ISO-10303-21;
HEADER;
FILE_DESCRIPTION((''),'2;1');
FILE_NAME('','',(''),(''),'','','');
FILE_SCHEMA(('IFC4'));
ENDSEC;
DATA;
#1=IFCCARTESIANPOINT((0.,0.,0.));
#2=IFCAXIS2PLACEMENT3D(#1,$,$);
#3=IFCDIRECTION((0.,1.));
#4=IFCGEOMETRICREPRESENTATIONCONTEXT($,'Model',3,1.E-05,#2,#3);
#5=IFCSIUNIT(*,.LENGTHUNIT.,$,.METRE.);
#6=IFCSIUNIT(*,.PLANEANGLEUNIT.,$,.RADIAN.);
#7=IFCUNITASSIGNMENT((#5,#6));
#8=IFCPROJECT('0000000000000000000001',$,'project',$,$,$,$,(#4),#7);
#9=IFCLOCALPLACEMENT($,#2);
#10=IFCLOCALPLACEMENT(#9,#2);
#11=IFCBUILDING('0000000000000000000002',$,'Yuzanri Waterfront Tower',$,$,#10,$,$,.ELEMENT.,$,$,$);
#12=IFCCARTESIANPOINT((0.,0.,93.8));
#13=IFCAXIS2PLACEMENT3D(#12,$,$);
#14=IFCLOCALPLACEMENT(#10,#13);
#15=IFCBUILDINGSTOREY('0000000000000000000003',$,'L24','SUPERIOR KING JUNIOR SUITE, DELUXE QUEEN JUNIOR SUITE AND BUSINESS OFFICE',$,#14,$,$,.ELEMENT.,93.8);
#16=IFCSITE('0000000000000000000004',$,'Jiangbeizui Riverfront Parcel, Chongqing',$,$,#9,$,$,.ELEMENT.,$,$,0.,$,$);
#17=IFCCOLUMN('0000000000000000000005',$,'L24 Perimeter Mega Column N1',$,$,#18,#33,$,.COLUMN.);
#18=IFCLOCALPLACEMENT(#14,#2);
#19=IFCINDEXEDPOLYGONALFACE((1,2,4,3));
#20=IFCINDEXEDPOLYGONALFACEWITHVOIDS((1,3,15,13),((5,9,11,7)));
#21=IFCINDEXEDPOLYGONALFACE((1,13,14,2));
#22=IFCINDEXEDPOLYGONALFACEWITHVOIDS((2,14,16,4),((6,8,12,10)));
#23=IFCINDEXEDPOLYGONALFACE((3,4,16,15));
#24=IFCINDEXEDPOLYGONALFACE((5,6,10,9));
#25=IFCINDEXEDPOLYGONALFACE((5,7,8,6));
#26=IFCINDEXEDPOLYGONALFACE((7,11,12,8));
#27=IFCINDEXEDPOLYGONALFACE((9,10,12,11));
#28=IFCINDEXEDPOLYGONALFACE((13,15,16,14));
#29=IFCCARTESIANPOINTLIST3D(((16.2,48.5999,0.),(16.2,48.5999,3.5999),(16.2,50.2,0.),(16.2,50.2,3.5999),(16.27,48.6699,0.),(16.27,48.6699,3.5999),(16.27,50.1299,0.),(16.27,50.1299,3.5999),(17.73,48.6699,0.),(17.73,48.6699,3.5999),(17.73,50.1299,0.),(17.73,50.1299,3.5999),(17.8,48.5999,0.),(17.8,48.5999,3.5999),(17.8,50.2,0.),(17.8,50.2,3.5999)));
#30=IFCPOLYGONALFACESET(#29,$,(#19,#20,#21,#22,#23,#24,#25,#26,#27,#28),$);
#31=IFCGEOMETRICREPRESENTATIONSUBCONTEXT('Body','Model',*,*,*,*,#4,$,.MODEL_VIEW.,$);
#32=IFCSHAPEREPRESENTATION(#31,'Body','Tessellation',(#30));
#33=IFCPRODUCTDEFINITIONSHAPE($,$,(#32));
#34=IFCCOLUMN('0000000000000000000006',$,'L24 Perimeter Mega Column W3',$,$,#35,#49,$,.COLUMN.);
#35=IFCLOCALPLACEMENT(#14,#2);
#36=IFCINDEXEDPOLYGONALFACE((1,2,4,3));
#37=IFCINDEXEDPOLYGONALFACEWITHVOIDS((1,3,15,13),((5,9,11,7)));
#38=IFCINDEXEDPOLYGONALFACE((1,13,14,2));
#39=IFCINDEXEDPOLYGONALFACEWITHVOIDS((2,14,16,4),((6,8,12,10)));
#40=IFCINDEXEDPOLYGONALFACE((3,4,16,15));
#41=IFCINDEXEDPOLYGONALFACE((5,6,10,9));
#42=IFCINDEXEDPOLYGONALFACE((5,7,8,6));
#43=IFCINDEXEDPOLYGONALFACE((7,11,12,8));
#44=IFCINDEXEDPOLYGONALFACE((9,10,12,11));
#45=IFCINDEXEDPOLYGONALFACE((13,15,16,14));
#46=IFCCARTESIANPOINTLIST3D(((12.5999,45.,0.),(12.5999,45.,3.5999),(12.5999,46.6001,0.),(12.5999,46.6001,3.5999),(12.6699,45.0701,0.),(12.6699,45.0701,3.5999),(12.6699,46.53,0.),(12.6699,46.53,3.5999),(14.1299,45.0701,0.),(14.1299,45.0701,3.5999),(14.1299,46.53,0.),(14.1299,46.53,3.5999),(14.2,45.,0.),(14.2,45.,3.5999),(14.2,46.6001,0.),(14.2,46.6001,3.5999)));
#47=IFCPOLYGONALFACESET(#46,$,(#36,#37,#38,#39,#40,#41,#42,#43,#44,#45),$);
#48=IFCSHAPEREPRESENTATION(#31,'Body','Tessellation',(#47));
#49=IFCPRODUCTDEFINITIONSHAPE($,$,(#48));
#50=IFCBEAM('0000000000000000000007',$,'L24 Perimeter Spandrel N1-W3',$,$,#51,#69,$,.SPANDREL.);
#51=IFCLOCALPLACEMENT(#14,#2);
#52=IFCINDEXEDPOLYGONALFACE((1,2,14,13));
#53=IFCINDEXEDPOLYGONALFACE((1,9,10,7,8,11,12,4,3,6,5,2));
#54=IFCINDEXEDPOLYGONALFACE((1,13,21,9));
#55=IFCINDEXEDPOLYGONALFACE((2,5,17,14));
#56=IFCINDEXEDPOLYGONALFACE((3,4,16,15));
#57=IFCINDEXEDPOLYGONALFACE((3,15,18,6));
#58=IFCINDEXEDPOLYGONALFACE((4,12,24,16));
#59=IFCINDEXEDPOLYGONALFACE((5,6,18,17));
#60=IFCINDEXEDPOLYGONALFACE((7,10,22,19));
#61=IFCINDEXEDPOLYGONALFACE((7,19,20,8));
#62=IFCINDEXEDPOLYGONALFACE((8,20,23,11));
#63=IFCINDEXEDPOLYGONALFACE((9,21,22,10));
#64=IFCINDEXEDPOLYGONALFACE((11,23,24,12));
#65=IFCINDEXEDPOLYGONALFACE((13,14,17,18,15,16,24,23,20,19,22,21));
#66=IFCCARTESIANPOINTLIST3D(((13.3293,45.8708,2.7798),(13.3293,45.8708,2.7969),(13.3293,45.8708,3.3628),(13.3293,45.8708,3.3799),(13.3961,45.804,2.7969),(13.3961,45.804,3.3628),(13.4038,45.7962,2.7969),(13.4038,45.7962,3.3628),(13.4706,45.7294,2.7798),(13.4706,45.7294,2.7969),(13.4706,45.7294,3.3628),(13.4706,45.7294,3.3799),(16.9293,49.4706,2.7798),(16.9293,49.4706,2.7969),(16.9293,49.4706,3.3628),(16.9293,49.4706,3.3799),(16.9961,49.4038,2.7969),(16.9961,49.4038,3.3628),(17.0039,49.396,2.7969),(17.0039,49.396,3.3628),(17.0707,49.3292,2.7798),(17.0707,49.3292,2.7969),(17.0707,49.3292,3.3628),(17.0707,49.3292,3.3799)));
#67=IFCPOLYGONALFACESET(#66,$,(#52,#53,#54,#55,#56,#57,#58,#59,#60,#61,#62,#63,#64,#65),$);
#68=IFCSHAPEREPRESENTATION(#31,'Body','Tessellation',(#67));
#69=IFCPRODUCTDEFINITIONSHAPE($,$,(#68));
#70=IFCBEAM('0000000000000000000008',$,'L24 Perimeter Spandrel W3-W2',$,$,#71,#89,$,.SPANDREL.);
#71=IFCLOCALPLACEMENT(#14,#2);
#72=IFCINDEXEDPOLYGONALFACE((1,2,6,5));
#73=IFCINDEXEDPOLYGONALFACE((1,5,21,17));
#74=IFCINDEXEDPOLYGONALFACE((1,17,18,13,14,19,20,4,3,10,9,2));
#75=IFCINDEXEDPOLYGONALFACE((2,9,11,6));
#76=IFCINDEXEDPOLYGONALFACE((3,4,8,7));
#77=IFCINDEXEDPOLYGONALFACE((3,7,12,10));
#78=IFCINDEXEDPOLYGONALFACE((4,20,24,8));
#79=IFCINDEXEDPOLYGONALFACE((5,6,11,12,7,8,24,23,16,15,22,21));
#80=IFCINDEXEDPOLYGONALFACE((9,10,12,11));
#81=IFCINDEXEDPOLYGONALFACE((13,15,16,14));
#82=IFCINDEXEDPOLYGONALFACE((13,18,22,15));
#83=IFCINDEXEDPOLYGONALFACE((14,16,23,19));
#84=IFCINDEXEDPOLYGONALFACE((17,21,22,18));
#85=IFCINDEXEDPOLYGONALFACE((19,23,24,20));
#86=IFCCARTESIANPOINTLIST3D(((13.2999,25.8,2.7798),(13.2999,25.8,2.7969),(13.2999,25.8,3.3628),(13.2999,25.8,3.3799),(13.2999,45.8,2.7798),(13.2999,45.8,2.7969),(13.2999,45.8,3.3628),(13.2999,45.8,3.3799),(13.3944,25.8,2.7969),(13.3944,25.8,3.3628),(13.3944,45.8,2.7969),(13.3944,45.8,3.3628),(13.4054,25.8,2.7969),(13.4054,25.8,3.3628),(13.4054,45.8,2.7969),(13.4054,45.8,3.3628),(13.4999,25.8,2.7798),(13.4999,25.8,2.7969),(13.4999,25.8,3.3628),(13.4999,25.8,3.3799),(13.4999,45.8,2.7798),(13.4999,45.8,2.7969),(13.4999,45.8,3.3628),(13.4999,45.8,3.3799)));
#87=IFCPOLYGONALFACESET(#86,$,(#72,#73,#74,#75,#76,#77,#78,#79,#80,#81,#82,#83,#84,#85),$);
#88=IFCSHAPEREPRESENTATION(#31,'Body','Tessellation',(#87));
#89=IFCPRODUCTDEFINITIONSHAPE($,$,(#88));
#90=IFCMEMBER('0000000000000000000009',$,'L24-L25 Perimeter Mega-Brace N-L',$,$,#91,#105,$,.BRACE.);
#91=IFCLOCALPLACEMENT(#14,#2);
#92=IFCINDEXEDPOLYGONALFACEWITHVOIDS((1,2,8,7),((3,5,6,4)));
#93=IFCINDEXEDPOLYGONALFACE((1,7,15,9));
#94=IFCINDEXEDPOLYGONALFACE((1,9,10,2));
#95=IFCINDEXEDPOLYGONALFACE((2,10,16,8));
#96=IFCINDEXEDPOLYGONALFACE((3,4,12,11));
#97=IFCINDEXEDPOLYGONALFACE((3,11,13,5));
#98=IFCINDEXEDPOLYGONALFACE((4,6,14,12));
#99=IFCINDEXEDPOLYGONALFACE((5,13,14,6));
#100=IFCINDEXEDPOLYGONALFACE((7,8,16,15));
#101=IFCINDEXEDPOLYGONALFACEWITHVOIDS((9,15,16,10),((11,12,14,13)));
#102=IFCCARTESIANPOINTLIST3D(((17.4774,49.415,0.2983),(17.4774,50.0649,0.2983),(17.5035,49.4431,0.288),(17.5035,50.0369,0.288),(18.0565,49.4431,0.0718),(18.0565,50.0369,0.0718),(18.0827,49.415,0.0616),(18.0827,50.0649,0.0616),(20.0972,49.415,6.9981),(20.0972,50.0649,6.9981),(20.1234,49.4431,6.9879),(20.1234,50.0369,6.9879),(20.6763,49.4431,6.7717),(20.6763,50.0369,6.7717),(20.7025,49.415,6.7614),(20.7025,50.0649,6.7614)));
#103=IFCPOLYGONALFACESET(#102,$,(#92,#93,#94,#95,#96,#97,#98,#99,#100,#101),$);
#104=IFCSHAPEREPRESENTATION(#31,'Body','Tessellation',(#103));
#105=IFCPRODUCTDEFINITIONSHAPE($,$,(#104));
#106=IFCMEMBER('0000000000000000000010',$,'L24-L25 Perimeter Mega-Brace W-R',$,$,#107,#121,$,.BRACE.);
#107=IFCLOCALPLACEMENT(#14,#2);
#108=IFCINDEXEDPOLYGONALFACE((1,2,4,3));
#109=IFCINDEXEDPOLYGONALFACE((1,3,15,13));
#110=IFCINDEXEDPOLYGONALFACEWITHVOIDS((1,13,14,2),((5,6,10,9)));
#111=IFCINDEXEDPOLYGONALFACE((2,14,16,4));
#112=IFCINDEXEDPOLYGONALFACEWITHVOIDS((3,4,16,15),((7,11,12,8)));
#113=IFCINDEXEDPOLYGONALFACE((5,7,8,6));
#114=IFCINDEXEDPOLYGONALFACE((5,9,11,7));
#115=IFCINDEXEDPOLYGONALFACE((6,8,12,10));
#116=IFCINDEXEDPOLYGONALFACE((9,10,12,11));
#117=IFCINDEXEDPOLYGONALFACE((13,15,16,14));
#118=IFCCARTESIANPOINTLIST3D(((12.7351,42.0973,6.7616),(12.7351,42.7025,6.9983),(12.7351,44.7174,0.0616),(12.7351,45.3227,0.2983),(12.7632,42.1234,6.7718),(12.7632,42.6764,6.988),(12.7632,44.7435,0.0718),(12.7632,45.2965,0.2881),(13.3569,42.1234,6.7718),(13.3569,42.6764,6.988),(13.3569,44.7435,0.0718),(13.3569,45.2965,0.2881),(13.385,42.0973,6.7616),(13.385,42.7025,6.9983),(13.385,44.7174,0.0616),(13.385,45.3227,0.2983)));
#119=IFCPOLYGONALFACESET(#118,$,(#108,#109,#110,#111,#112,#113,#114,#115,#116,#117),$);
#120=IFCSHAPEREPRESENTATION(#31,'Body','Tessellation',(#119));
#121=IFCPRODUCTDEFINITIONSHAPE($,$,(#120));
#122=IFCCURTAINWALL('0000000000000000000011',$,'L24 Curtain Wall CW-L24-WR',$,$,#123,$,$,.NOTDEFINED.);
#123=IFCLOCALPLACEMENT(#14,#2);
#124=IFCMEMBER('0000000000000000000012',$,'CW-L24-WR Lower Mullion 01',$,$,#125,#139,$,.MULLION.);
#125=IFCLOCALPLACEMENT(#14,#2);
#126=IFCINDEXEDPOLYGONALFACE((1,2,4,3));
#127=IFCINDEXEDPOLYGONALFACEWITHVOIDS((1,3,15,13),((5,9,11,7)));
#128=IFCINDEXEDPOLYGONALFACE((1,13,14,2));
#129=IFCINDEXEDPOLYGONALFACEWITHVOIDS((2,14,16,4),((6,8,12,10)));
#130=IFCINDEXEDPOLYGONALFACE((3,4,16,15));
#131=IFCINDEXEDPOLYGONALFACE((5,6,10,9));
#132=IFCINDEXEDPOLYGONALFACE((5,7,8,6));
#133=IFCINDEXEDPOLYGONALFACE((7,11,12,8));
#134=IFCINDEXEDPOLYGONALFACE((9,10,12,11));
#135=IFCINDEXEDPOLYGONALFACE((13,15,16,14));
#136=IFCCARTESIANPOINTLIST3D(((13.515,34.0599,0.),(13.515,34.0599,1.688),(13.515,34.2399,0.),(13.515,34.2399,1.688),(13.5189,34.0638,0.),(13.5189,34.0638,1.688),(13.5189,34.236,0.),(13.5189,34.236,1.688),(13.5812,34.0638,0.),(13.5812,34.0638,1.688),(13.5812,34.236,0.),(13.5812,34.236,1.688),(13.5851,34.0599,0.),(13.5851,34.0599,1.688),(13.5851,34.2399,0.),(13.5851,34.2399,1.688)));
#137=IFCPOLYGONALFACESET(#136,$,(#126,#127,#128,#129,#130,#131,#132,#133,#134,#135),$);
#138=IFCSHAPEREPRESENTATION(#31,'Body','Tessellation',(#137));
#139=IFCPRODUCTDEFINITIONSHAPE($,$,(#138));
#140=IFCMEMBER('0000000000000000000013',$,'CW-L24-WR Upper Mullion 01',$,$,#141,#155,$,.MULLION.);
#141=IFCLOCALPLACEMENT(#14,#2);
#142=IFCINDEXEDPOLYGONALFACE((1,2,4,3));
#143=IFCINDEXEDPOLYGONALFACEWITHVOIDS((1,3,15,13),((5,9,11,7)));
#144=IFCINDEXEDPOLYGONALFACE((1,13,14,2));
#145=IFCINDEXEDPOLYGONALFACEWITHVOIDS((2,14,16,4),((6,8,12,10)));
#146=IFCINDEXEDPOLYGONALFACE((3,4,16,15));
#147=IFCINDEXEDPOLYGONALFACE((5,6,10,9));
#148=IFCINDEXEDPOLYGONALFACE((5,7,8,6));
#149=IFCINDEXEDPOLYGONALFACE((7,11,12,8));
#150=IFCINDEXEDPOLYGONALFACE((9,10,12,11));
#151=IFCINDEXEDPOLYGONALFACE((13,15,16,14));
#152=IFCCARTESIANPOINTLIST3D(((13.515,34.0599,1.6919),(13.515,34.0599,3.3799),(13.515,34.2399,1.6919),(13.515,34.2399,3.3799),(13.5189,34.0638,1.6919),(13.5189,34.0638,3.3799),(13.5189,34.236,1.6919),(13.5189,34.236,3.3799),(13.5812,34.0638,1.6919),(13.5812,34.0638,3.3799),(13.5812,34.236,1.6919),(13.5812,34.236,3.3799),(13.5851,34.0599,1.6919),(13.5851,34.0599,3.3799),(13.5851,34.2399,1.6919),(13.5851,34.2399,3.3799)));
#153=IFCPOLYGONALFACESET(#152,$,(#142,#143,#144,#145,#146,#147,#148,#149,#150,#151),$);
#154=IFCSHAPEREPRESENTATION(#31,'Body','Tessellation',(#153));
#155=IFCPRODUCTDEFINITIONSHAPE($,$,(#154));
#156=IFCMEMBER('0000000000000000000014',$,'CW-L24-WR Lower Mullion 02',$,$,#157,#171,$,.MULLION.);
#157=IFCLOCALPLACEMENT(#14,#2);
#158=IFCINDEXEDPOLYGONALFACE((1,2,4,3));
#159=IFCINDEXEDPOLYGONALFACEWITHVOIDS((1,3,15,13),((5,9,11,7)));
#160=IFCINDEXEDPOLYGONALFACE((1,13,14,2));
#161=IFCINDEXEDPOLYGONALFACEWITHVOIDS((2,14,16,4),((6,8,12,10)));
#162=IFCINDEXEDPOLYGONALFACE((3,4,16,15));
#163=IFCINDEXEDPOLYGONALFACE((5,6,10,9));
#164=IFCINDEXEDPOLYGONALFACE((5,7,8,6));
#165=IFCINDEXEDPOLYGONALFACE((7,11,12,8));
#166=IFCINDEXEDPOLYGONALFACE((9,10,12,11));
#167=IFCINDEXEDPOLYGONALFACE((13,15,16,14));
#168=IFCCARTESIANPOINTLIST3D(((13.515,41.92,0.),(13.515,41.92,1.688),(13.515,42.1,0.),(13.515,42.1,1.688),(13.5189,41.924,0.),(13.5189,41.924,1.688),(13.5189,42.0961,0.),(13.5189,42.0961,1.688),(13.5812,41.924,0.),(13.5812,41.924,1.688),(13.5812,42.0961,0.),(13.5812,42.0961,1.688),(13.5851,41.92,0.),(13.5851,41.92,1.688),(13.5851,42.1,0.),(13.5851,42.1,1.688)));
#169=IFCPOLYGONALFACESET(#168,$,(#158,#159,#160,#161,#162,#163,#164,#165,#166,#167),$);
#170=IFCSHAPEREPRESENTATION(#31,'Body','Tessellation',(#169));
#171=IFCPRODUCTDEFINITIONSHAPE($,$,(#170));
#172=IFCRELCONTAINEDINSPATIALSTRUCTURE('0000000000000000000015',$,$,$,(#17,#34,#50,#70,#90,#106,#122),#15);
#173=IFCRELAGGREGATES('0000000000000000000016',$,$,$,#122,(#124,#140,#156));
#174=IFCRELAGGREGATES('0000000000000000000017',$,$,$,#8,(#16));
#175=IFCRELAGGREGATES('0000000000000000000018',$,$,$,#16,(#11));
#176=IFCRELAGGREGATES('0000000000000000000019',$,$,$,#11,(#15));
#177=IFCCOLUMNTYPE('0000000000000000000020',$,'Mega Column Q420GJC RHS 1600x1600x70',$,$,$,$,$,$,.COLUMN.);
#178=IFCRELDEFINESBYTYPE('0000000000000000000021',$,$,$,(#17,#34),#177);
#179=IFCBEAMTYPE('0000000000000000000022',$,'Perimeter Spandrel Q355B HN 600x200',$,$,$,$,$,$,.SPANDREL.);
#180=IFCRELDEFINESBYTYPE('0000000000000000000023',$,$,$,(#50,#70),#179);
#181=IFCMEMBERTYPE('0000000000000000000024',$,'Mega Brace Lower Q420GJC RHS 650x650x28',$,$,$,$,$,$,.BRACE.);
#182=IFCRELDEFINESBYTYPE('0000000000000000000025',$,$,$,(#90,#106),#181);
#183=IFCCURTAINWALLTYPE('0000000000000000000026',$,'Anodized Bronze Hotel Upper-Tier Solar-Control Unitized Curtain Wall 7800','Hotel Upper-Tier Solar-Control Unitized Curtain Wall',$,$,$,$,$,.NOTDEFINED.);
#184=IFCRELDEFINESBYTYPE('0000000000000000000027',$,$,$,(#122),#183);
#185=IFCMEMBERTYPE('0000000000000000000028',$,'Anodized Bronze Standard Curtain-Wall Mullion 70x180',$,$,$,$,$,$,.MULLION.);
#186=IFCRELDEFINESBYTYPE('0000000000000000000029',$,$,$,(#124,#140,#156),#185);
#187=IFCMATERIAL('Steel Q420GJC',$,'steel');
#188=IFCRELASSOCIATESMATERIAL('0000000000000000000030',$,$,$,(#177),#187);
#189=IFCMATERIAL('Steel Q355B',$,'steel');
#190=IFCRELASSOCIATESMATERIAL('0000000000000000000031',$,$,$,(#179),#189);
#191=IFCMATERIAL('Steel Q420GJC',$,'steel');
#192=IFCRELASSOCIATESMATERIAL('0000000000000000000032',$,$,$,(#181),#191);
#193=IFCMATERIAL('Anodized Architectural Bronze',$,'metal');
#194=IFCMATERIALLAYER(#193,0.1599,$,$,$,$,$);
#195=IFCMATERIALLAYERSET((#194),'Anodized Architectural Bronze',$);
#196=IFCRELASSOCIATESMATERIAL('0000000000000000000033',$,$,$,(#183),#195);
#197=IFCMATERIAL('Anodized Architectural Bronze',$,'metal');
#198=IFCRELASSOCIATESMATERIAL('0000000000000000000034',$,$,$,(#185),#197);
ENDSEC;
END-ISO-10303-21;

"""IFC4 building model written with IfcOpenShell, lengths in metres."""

from ifc_helpers import new_model, si_unit, direction, frame, origin, origin_2d, place, context, subcontext, project, spatial, hollow_rectangle, i_section, extrude, source, transform, mapped, material, layer, layer_set, material_profile, profile_set, type_object, element, aggregate, save


model = new_model("IFC4")

# Units and contexts
model_context = context("Model", 3, precision=1e-05, world=origin(), true_north=direction((0.0, 1.0)))
body_context = subcontext(model_context, "Body", "Model", "MODEL_VIEW")
ifc_project = project(units=[si_unit("LENGTHUNIT", "METRE"), si_unit("PLANEANGLEUNIT", "RADIAN")], contexts=[model_context])

# Site, building, storey
site_placement = place(None, origin())
site = spatial("IfcSite", under=ifc_project, at=site_placement, Name="Jiangbeizui Riverfront Parcel, Chongqing", CompositionType="ELEMENT", RefElevation=0.0)
building_placement = place(site_placement, origin())
building = spatial("IfcBuilding", under=site, at=building_placement, Name="Yuzanri Waterfront Tower", CompositionType="ELEMENT")
storey_placement = place(building_placement, frame((0.0, 0.0, 93.8)))
storey = spatial("IfcBuildingStorey", under=building, at=storey_placement, Name="L24", Description="SUPERIOR KING JUNIOR SUITE, DELUXE QUEEN JUNIOR SUITE AND BUSINESS OFFICE", CompositionType="ELEMENT", Elevation=93.8)

# Columns
ifc_material_1 = material(Name="Steel Q420GJC", Category="steel")
ifc_material_profile_1 = material_profile(ifc_material_1, hollow_rectangle(XDim=1.6001, YDim=1.6001, WallThickness=0.0701, at=origin_2d()), Name="RHS 1600x1600x70")
ifc_profile_set_1 = profile_set([ifc_material_profile_1], Name="Steel Q420GJC")
column_type = type_object("IfcColumnType", Name="Mega Column Q420GJC RHS 1600x1600x70", PredefinedType="COLUMN", material=ifc_profile_set_1)
shared_shape_1 = source(origin(), body_context, "Body", "SweptSolid", [
    extrude(hollow_rectangle(XDim=1.6001, YDim=1.6001, WallThickness=0.0701, at=origin_2d()), origin(), (0.0, 0.0, 1.0), 3.5999),
])
for number, where, z_axis, x_axis, name in (
    (1, (17.0, 49.3999, 0.0), (0.0, 0.0, 1.0), (1.0, 0.0, 0.0), "L24 Perimeter Mega Column N1"),
    (2, (13.3999, 45.8, 0.0), (0.0, 0.0, 1.0), (1.0, 0.0, 0.0), "L24 Perimeter Mega Column W3"),
):
    element("IfcColumn", number, at=place(storey_placement, frame(where, z_axis=z_axis, x_axis=x_axis)), inside=storey, type_object=column_type, Name=name, PredefinedType="COLUMN", context=body_context, shape_type="MappedRepresentation", body=[
        mapped(shared_shape_1, transform((0.0, 0.0, 0.0), scale=1.0)),
    ])

# Beams
ifc_material_2 = material(Name="Steel Q355B", Category="steel")
ifc_material_profile_2 = material_profile(ifc_material_2, i_section(OverallWidth=0.2, OverallDepth=0.6001, WebThickness=0.011, FlangeThickness=0.0171, at=origin_2d()), Name="HN 600x200x11x17")
ifc_profile_set_2 = profile_set([ifc_material_profile_2], Name="Steel Q355B")
beam_type = type_object("IfcBeamType", Name="Perimeter Spandrel Q355B HN 600x200", PredefinedType="SPANDREL", material=ifc_profile_set_2)
shared_shape_2 = source(origin(), body_context, "Body", "SweptSolid", [
    extrude(i_section(OverallWidth=0.2, OverallDepth=0.6001, WebThickness=0.011, FlangeThickness=0.0171, at=origin_2d()), origin(), (0.0, 0.0, 1.0), 5.0911),
])
beam_1_placement = place(storey_placement, frame((17.0, 49.3999, 3.0798), z_axis=(-0.707131, -0.707083, 0.0), x_axis=(0.707083, -0.707131, 0.0)))
element("IfcBeam", 3, at=beam_1_placement, inside=storey, type_object=beam_type, Name="L24 Perimeter Spandrel N1-W3", PredefinedType="SPANDREL", context=body_context, shape_type="MappedRepresentation", body=[
    mapped(shared_shape_2, transform((0.0, 0.0, 0.0), scale=1.0)),
])
shared_shape_3 = source(origin(), body_context, "Body", "SweptSolid", [
    extrude(i_section(OverallWidth=0.2, OverallDepth=0.6001, WebThickness=0.011, FlangeThickness=0.0171, at=origin_2d()), origin(), (0.0, 0.0, 1.0), 20.0),
])
beam_2_placement = place(storey_placement, frame((13.3999, 45.8, 3.0798), z_axis=(0.0, -1.0, 0.0), x_axis=(1.0, 0.0, 0.0)))
element("IfcBeam", 4, at=beam_2_placement, inside=storey, type_object=beam_type, Name="L24 Perimeter Spandrel W3-W2", PredefinedType="SPANDREL", context=body_context, shape_type="MappedRepresentation", body=[
    mapped(shared_shape_3, transform((0.0, 0.0, 0.0), scale=1.0)),
])

# Members
ifc_material_3 = material(Name="Steel Q420GJC", Category="steel")
ifc_material_profile_3 = material_profile(ifc_material_3, hollow_rectangle(XDim=0.6499, YDim=0.6499, WallThickness=0.0281, at=origin_2d()), Name="RHS 650x650x28")
ifc_profile_set_3 = profile_set([ifc_material_profile_3], Name="Steel Q420GJC")
member_type_1 = type_object("IfcMemberType", Name="Mega Brace Lower Q420GJC RHS 650x650x28", PredefinedType="BRACE", material=ifc_profile_set_3)
shared_shape_4 = source(origin(), body_context, "Body", "SweptSolid", [
    extrude(hollow_rectangle(XDim=0.6499, YDim=0.6499, WallThickness=0.0281, at=origin_2d()), origin(), (0.0, 0.0, 1.0), 7.1938),
])
member_1_placement = place(storey_placement, frame((17.78, 49.74, 0.1799), z_axis=(0.364177, 0.0, 0.93133), x_axis=(0.0, 1.0, 0.0)))
element("IfcMember", 5, at=member_1_placement, inside=storey, type_object=member_type_1, Name="L24-L25 Perimeter Mega-Brace N-L", PredefinedType="BRACE", context=body_context, shape_type="MappedRepresentation", body=[
    mapped(shared_shape_4, transform((0.0, 0.0, 0.0), scale=1.0)),
])
shared_shape_5 = source(origin(), body_context, "Body", "SweptSolid", [
    extrude(hollow_rectangle(XDim=0.6499, YDim=0.6499, WallThickness=0.0281, at=origin_2d()), origin(), (0.0, 0.0, 1.0), 7.1941),
])
member_2_placement = place(storey_placement, frame((13.0601, 45.02, 0.1799), z_axis=(0.0, -0.364206, 0.931318), x_axis=(1.0, 0.0, 0.0)))
element("IfcMember", 6, at=member_2_placement, inside=storey, type_object=member_type_1, Name="L24-L25 Perimeter Mega-Brace W-R", PredefinedType="BRACE", context=body_context, shape_type="MappedRepresentation", body=[
    mapped(shared_shape_5, transform((0.0, 0.0, 0.0), scale=1.0)),
])

# Curtain wall, members
ifc_material_4 = material(Name="Anodized Architectural Bronze", Category="metal")
ifc_layer_1 = layer(ifc_material_4, 0.1599)
ifc_layer_set_1 = layer_set([ifc_layer_1], Name="Anodized Architectural Bronze")
curtain_wall_type = type_object("IfcCurtainWallType", Name="Anodized Bronze Hotel Upper-Tier Solar-Control Unitized Curtain Wall 7800", Description="Hotel Upper-Tier Solar-Control Unitized Curtain Wall", PredefinedType="NOTDEFINED", material=ifc_layer_set_1)
curtain_wall_placement = place(storey_placement, origin())
curtain_wall = element("IfcCurtainWall", 7, at=curtain_wall_placement, inside=storey, type_object=curtain_wall_type, Name="L24 Curtain Wall CW-L24-WR", PredefinedType="NOTDEFINED")
ifc_material_5 = material(Name="Anodized Architectural Bronze", Category="metal")
ifc_material_profile_4 = material_profile(ifc_material_5, hollow_rectangle(XDim=0.0701, YDim=0.1799, WallThickness=0.0039, at=origin_2d()), Name="CWM 70x180")
ifc_profile_set_4 = profile_set([ifc_material_profile_4], Name="Anodized Architectural Bronze")
member_type_2 = type_object("IfcMemberType", Name="Anodized Bronze Standard Curtain-Wall Mullion 70x180", PredefinedType="MULLION", material=ifc_profile_set_4)
shared_shape_6 = source(origin(), body_context, "Body", "SweptSolid", [
    extrude(hollow_rectangle(XDim=0.0701, YDim=0.1799, WallThickness=0.0039, at=origin_2d()), origin(), (0.0, 0.0, 1.0), 1.688),
])
member_3_placement = place(storey_placement, frame((13.55, 34.1499, 0.0), z_axis=(0.0, 0.0, 1.0), x_axis=(1.0, 0.0, 0.0)))
member_3 = element("IfcMember", 8, at=member_3_placement, type_object=member_type_2, Name="CW-L24-WR Lower Mullion 01", PredefinedType="MULLION", context=body_context, shape_type="MappedRepresentation", body=[
    mapped(shared_shape_6, transform((0.0, 0.0, 0.0), scale=1.0)),
])
member_4_placement = place(storey_placement, frame((13.55, 34.1499, 1.6919), z_axis=(0.0, 0.0, 1.0), x_axis=(1.0, 0.0, 0.0)))
member_4 = element("IfcMember", 9, at=member_4_placement, type_object=member_type_2, Name="CW-L24-WR Upper Mullion 01", PredefinedType="MULLION", context=body_context, shape_type="MappedRepresentation", body=[
    mapped(shared_shape_6, transform((0.0, 0.0, 0.0), scale=1.0)),
])
member_5_placement = place(storey_placement, frame((13.55, 42.01, 0.0), z_axis=(0.0, 0.0, 1.0), x_axis=(1.0, 0.0, 0.0)))
member_5 = element("IfcMember", 10, at=member_5_placement, type_object=member_type_2, Name="CW-L24-WR Lower Mullion 02", PredefinedType="MULLION", context=body_context, shape_type="MappedRepresentation", body=[
    mapped(shared_shape_6, transform((0.0, 0.0, 0.0), scale=1.0)),
])

aggregate(curtain_wall, [member_3, member_4, member_5])

save(model, "model.ifc")
